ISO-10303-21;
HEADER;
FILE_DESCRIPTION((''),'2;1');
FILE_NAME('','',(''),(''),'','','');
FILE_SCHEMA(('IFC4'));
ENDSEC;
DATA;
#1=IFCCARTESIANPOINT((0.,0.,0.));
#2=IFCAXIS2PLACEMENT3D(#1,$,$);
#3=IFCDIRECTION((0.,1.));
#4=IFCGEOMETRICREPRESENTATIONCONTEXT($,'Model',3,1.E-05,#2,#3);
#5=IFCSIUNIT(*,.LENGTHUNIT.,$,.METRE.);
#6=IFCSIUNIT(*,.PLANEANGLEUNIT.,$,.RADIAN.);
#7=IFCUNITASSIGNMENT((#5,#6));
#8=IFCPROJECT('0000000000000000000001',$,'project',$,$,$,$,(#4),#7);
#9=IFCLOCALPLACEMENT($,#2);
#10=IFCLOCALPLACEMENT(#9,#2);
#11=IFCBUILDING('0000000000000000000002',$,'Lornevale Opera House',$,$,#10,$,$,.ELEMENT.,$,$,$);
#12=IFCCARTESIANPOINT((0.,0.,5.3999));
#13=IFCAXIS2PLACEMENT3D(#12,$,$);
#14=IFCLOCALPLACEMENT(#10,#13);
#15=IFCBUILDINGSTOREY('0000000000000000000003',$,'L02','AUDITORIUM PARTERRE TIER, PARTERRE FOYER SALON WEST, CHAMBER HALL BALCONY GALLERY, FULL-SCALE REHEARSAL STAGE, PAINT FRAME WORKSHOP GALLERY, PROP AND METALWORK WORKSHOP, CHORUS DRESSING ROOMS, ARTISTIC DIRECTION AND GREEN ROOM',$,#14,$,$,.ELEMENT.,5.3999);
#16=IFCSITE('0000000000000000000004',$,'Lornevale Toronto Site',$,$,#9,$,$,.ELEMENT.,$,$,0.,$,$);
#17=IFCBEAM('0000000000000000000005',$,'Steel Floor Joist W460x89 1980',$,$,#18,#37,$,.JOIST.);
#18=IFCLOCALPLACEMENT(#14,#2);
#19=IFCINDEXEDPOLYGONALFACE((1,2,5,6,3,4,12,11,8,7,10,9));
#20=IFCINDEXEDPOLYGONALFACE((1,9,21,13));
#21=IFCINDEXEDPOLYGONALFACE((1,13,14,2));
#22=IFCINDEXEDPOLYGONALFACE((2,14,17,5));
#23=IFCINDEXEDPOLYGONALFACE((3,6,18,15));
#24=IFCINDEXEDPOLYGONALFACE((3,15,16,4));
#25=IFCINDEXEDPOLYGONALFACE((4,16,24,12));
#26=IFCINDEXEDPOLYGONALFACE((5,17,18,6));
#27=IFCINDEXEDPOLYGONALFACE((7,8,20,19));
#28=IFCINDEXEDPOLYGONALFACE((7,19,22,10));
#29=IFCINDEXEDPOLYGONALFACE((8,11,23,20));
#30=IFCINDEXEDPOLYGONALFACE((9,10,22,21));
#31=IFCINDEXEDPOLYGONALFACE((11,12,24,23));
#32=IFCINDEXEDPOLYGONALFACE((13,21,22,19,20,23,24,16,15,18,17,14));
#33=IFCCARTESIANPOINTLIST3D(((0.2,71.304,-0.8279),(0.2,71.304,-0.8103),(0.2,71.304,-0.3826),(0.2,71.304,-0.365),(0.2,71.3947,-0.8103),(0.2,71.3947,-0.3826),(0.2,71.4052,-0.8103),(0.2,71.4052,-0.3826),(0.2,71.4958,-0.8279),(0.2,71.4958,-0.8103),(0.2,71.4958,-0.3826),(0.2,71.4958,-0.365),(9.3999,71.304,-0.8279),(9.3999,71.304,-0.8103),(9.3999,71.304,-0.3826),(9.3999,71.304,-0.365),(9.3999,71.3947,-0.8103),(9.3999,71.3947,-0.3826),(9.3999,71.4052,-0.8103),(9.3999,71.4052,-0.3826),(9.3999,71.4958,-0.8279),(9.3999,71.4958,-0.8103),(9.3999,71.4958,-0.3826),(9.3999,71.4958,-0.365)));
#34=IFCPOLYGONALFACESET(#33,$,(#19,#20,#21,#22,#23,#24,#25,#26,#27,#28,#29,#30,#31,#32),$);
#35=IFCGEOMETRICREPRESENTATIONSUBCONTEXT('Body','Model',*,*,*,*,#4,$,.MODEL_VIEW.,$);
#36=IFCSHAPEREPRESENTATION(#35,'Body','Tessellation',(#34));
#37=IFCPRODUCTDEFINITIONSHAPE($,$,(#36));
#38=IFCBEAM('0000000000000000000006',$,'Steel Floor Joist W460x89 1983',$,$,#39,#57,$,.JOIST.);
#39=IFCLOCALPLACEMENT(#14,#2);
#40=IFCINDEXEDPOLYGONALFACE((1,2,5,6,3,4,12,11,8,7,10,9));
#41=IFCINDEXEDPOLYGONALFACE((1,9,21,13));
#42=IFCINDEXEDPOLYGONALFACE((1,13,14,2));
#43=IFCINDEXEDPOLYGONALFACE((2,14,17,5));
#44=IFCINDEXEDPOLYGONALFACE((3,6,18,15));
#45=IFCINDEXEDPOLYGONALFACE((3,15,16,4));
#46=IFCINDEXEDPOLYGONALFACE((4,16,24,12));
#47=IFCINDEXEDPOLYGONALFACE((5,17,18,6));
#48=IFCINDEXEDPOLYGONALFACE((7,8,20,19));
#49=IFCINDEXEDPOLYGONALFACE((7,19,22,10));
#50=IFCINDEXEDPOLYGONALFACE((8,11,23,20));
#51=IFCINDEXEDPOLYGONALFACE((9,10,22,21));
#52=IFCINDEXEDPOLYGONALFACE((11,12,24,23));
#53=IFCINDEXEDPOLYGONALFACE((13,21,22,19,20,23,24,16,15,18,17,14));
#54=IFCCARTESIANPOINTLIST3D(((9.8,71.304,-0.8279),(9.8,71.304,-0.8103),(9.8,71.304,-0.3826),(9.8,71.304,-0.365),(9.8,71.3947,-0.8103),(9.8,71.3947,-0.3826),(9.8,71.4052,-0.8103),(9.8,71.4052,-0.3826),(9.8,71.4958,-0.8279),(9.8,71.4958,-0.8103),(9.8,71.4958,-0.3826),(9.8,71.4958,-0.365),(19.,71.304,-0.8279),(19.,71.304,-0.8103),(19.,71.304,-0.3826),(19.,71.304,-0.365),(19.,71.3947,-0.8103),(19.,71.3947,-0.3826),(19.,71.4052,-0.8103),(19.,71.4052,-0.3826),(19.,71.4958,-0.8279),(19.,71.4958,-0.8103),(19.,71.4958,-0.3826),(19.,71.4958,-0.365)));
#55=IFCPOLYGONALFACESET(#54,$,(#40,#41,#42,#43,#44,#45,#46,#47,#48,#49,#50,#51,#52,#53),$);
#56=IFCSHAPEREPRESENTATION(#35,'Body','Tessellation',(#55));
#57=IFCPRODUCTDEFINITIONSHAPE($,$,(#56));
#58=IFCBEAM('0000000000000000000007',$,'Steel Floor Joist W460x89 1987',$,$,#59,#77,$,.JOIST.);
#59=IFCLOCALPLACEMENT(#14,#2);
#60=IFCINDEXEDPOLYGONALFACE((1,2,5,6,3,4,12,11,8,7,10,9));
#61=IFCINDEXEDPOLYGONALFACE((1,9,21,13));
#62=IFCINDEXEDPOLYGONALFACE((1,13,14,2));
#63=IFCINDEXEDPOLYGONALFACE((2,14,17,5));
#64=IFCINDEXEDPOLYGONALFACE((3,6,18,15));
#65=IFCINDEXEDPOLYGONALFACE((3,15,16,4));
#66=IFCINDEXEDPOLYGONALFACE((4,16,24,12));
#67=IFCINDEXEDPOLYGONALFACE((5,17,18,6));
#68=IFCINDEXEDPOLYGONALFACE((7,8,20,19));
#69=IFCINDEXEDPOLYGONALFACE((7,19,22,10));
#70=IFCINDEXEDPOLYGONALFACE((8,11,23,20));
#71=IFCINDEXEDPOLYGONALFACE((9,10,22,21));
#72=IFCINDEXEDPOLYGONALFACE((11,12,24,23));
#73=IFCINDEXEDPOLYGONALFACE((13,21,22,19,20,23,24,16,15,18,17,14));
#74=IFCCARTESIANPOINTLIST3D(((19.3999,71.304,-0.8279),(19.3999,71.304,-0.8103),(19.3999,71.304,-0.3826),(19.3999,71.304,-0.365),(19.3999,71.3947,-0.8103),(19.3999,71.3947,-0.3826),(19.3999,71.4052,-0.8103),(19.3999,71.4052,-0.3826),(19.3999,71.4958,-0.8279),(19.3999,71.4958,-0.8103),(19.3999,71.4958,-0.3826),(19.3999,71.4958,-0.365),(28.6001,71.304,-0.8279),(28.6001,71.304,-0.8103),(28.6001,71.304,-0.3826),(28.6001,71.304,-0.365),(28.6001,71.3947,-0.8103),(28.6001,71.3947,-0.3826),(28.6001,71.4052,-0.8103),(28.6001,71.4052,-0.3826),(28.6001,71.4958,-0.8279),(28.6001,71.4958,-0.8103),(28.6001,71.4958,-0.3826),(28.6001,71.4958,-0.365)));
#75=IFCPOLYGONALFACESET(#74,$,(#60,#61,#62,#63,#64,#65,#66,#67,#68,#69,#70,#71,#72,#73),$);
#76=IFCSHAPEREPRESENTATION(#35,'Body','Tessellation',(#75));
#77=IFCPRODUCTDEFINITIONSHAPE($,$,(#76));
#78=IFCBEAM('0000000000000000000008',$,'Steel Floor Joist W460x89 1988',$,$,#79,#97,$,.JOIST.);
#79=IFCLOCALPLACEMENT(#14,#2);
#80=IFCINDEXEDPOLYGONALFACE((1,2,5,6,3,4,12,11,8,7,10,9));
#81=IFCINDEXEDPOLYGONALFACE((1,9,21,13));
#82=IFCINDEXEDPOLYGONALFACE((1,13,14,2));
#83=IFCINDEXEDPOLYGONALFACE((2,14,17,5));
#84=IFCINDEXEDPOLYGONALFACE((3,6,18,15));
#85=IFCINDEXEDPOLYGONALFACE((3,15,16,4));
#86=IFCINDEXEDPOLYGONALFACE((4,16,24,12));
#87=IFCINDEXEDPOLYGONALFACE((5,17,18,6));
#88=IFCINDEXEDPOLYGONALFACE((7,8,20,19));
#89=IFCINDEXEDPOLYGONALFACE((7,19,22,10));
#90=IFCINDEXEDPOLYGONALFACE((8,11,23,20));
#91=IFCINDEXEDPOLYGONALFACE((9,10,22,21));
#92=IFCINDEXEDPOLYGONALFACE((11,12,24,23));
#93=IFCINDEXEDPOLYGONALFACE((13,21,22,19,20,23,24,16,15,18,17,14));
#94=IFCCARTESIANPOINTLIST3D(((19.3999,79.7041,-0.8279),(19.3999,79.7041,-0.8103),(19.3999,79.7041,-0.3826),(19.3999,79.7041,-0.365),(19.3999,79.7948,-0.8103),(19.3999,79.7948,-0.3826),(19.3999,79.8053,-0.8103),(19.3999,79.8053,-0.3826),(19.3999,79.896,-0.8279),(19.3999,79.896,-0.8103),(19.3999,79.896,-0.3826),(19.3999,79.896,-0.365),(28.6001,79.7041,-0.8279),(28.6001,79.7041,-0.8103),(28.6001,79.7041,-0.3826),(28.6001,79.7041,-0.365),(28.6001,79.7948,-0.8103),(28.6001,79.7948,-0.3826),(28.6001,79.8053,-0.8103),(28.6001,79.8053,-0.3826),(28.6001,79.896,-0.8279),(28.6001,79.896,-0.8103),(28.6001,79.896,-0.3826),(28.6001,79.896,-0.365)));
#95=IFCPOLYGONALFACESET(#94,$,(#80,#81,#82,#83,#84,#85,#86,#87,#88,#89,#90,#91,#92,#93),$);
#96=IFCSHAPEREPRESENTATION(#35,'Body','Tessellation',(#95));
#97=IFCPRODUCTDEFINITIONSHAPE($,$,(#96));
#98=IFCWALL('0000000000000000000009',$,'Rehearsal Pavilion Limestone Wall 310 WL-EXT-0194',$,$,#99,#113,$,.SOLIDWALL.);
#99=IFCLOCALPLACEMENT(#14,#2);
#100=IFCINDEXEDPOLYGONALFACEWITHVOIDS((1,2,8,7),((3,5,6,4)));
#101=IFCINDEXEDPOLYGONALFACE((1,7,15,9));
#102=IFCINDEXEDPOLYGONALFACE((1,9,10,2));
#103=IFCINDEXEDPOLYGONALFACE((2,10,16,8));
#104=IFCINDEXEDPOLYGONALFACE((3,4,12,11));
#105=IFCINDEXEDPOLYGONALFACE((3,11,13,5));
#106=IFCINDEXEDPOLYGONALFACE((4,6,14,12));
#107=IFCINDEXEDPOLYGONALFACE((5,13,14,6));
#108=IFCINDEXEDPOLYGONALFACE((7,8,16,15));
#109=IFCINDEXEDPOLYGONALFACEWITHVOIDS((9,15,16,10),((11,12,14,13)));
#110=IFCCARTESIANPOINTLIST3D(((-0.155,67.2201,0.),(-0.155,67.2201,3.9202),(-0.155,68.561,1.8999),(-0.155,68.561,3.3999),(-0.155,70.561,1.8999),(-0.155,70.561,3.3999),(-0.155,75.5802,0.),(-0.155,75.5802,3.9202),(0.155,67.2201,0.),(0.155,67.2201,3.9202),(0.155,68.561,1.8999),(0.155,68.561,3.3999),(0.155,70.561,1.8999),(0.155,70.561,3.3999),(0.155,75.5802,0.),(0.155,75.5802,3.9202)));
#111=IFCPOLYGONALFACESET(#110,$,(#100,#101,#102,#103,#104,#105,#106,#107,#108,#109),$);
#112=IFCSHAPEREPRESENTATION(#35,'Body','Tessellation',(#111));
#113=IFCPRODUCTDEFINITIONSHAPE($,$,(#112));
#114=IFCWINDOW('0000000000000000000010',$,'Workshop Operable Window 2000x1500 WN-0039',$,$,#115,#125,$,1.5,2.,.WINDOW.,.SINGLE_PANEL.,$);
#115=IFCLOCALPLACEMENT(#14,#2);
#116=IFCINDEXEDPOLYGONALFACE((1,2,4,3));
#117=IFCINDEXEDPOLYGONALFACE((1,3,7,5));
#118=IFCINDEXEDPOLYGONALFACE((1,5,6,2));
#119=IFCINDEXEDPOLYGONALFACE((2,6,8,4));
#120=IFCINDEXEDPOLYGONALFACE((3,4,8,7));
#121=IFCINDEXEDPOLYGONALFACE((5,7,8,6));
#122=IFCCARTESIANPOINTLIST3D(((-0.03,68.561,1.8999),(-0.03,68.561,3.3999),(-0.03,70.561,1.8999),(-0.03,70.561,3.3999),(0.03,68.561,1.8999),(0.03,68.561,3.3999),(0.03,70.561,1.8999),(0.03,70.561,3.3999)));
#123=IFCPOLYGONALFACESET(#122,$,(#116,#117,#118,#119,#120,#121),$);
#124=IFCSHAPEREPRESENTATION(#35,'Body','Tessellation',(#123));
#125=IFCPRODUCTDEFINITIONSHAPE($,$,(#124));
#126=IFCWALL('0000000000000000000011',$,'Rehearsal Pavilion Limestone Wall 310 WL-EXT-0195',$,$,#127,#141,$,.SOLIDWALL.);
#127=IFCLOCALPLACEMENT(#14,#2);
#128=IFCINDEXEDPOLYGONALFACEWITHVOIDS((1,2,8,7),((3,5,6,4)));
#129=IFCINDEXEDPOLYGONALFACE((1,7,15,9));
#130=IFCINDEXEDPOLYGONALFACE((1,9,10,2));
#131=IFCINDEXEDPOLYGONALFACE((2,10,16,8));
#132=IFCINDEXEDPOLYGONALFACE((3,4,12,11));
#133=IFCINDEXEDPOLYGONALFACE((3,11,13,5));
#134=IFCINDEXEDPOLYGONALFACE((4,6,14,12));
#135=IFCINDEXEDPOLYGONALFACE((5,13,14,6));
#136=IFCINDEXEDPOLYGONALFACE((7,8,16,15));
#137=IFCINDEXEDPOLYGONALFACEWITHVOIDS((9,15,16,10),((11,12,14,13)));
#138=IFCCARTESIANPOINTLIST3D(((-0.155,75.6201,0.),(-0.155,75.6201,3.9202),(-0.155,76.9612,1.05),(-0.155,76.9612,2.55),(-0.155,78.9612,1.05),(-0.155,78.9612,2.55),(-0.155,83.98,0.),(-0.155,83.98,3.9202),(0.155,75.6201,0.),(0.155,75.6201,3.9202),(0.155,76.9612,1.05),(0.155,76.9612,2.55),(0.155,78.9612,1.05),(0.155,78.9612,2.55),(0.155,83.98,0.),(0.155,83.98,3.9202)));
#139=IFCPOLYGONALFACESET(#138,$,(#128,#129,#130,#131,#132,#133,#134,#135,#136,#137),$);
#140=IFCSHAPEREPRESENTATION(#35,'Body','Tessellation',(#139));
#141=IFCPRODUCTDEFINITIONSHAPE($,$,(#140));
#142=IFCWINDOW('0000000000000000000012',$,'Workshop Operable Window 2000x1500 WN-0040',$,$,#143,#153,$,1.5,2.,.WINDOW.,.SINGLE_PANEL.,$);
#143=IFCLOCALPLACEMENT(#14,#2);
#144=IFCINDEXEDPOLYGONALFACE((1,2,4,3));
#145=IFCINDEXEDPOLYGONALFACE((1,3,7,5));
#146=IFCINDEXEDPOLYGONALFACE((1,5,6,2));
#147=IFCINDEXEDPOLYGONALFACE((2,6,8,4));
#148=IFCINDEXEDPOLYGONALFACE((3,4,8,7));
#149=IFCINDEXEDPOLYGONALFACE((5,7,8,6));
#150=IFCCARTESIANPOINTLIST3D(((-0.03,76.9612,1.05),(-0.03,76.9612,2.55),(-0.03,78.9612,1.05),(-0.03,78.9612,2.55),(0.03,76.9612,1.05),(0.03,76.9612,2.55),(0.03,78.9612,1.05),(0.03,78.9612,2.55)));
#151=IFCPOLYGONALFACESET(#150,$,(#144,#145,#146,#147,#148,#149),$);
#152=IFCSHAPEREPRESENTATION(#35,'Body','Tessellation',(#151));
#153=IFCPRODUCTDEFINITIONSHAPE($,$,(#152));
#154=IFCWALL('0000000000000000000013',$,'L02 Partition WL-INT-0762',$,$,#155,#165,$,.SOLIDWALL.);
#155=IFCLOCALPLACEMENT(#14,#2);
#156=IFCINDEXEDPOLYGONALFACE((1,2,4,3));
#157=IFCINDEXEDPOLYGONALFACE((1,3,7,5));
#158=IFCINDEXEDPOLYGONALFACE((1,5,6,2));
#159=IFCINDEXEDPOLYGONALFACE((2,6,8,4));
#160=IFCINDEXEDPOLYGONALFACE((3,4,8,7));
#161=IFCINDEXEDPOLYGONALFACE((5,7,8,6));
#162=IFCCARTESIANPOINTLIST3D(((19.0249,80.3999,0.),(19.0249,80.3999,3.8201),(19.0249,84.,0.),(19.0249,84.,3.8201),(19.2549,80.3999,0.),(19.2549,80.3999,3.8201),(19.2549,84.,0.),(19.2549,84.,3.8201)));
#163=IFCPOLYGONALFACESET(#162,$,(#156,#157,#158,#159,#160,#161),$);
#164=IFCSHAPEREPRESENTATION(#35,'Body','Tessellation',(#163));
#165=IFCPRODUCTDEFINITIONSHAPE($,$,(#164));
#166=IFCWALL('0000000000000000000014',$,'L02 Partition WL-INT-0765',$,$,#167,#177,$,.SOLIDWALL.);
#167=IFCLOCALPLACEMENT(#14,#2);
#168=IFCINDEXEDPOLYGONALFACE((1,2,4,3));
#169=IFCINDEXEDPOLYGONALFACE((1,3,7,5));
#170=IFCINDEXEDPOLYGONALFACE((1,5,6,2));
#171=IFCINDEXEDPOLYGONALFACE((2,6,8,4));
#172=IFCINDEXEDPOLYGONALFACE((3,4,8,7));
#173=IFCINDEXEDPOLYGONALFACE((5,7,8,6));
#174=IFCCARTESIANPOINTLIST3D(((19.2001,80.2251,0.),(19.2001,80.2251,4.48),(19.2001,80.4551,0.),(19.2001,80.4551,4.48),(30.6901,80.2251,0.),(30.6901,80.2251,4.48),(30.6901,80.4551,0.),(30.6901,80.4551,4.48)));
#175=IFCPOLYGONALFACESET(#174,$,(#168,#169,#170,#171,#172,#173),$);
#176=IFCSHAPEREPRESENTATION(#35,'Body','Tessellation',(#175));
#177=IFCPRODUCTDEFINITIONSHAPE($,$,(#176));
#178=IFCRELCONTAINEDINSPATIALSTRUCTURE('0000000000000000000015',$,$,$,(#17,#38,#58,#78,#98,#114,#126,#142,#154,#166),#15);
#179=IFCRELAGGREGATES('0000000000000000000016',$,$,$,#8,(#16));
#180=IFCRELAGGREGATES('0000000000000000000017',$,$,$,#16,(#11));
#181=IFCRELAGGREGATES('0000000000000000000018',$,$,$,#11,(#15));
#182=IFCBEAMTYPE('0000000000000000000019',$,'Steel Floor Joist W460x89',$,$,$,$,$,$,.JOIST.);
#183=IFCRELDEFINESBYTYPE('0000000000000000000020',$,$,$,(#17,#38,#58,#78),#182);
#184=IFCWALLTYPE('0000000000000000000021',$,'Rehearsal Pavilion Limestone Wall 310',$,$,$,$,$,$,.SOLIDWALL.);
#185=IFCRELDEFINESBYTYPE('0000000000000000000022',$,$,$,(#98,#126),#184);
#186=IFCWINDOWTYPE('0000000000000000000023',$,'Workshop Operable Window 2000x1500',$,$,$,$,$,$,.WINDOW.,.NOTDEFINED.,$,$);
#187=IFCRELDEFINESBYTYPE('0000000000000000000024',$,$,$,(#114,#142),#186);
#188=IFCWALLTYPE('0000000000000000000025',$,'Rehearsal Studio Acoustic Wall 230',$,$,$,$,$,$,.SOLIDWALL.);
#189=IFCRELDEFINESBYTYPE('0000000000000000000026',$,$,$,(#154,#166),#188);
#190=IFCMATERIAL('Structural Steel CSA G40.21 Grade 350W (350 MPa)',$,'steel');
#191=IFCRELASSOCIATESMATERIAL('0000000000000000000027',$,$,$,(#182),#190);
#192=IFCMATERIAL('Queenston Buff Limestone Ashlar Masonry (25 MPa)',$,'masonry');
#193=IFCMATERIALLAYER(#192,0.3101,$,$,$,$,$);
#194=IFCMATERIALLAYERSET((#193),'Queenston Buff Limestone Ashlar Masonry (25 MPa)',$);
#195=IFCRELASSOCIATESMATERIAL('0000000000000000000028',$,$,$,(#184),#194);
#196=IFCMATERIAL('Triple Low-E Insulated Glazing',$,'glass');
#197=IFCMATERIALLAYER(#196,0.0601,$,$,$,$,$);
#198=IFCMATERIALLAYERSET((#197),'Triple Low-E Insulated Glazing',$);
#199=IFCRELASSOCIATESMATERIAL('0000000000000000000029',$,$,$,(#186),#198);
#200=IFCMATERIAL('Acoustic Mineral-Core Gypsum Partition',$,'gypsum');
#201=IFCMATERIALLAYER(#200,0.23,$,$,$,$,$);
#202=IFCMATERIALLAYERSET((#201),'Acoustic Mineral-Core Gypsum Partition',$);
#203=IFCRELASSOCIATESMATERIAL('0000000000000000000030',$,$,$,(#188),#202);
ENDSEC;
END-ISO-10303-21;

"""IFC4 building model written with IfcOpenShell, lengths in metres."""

from ifc_helpers import new_model, si_unit, direction, frame, frame_2d, origin, origin_2d, place, context, subcontext, project, spatial, rectangle, i_section, extrude, material, layer, layer_set, material_profile, profile_set, type_object, element, fill, save


model = new_model("IFC4")

# Units and contexts
model_context = context("Model", 3, precision=1e-05, world=origin(), true_north=direction((0.0, 1.0)))
body_context = subcontext(model_context, "Body", "Model", "MODEL_VIEW")
ifc_project = project(units=[si_unit("LENGTHUNIT", "METRE"), si_unit("PLANEANGLEUNIT", "RADIAN")], contexts=[model_context])

# Site, building, storey
site_placement = place(None, origin())
site = spatial("IfcSite", under=ifc_project, at=site_placement, Name="Lornevale Toronto Site", CompositionType="ELEMENT", RefElevation=0.0)
building_placement = place(site_placement, origin())
building = spatial("IfcBuilding", under=site, at=building_placement, Name="Lornevale Opera House", CompositionType="ELEMENT")
storey_placement = place(building_placement, frame((0.0, 0.0, 5.3999)))
storey = spatial("IfcBuildingStorey", under=building, at=storey_placement, Name="L02", Description="AUDITORIUM PARTERRE TIER, PARTERRE FOYER SALON WEST, CHAMBER HALL BALCONY GALLERY, FULL-SCALE REHEARSAL STAGE, PAINT FRAME WORKSHOP GALLERY, PROP AND METALWORK WORKSHOP, CHORUS DRESSING ROOMS, ARTISTIC DIRECTION AND GREEN ROOM", CompositionType="ELEMENT", Elevation=5.3999)

# Shared definitions
ifc_material_1 = material(Name="Structural Steel CSA G40.21 Grade 350W (350 MPa)", Category="steel")

# Beams
ifc_material_profile_1 = material_profile(ifc_material_1, i_section(OverallWidth=0.1919, OverallDepth=0.4629, WebThickness=0.0105, FlangeThickness=0.0176, at=origin_2d()), Name="W460x89")
ifc_profile_set_1 = profile_set([ifc_material_profile_1], Name="Structural Steel CSA G40.21 Grade 350W (350 MPa)")
beam_type_1 = type_object("IfcBeamType", Name="Steel Floor Joist W460x89", PredefinedType="JOIST", material=ifc_profile_set_1)
for number, where, z_axis, x_axis, name in (
    (1, (0.2, 71.3999, -0.5964), (1.0, 0.0, 0.0), (0.0, 1.0, 0.0), "Steel Floor Joist W460x89 1980"),
    (2, (9.8, 71.3999, -0.5964), (1.0, 0.0, 0.0), (0.0, 1.0, 0.0), "Steel Floor Joist W460x89 1983"),
):
    element("IfcBeam", number, at=place(storey_placement, frame(where, z_axis=z_axis, x_axis=x_axis)), inside=storey, type_object=beam_type_1, Name=name, PredefinedType="JOIST", context=body_context, shape_type="SweptSolid", body=[
        extrude(i_section(OverallWidth=0.1919, OverallDepth=0.4629, WebThickness=0.0105, FlangeThickness=0.0176, at=origin_2d()), origin(), (0.0, 0.0, 1.0), 9.2),
    ])
for number, where, z_axis, x_axis, name in (
    (3, (19.3999, 71.3999, -0.5964), (1.0, 0.0, 0.0), (0.0, 1.0, 0.0), "Steel Floor Joist W460x89 1987"),
    (4, (19.3999, 79.8, -0.5964), (1.0, 0.0, 0.0), (0.0, 1.0, 0.0), "Steel Floor Joist W460x89 1988"),
):
    element("IfcBeam", number, at=place(storey_placement, frame(where, z_axis=z_axis, x_axis=x_axis)), inside=storey, type_object=beam_type_1, Name=name, PredefinedType="JOIST", context=body_context, shape_type="SweptSolid", body=[
        extrude(i_section(OverallWidth=0.1919, OverallDepth=0.4629, WebThickness=0.0105, FlangeThickness=0.0176, at=origin_2d()), origin(), (0.0, 0.0, 1.0), 9.2002),
    ])

# Walls, openings, windows
ifc_material_2 = material(Name="Queenston Buff Limestone Ashlar Masonry (25 MPa)", Category="masonry")
ifc_layer_1 = layer(ifc_material_2, 0.3101)
ifc_layer_set_1 = layer_set([ifc_layer_1], Name="Queenston Buff Limestone Ashlar Masonry (25 MPa)")
wall_type_1 = type_object("IfcWallType", Name="Rehearsal Pavilion Limestone Wall 310", PredefinedType="SOLIDWALL", material=ifc_layer_set_1)
wall_1_placement = place(storey_placement, frame((0.0, 67.22, 0.0), z_axis=(0.0, 0.0, 1.0), x_axis=(0.0, 1.0, 0.0)))
wall_1 = element("IfcWall", 5, at=wall_1_placement, inside=storey, type_object=wall_type_1, Name="Rehearsal Pavilion Limestone Wall 310 WL-EXT-0194", PredefinedType="SOLIDWALL", context=body_context, shape_type="SweptSolid", body=[
    extrude(rectangle(XDim=8.3601, YDim=0.3101, at=frame_2d((4.1802, 0.0))), origin(), (0.0, 0.0, 1.0), 3.9202),
])
opening_1_placement = place(wall_1_placement, frame((1.3411, 0.0, 1.8999)))
opening_1 = element("IfcOpeningElement", 6, at=opening_1_placement, cuts=wall_1, PredefinedType="OPENING", context=body_context, shape_type="SweptSolid", body=[
    extrude(rectangle(XDim=2.0, YDim=1.5, at=frame_2d((1.0, 0.75))), frame((0.0, 0.165, 0.0), z_axis=(0.0, -1.0, 0.0), x_axis=(1.0, 0.0, 0.0)), (0.0, 0.0, 1.0), 0.3301),
])
ifc_material_3 = material(Name="Triple Low-E Insulated Glazing", Category="glass")
ifc_layer_2 = layer(ifc_material_3, 0.0601)
ifc_layer_set_2 = layer_set([ifc_layer_2], Name="Triple Low-E Insulated Glazing")
window_type = type_object("IfcWindowType", Name="Workshop Operable Window 2000x1500", PartitioningType="NOTDEFINED", PredefinedType="WINDOW", material=ifc_layer_set_2)
window_1_placement = place(opening_1_placement, origin())
window_1 = element("IfcWindow", 7, at=window_1_placement, inside=storey, type_object=window_type, Name="Workshop Operable Window 2000x1500 WN-0039", OverallHeight=1.5, OverallWidth=2.0, PartitioningType="SINGLE_PANEL", PredefinedType="WINDOW", context=body_context, shape_type="SweptSolid", body=[
    extrude(rectangle(XDim=2.0, YDim=1.5, at=frame_2d((1.0, 0.75))), frame((0.0, 0.03, 0.0), z_axis=(0.0, -1.0, 0.0), x_axis=(1.0, 0.0, 0.0)), (0.0, 0.0, 1.0), 0.0601),
])
fill(opening_1, window_1)
wall_2_placement = place(storey_placement, frame((0.0, 75.6201, 0.0), z_axis=(0.0, 0.0, 1.0), x_axis=(0.0, 1.0, 0.0)))
wall_2 = element("IfcWall", 8, at=wall_2_placement, inside=storey, type_object=wall_type_1, Name="Rehearsal Pavilion Limestone Wall 310 WL-EXT-0195", PredefinedType="SOLIDWALL", context=body_context, shape_type="SweptSolid", body=[
    extrude(rectangle(XDim=8.3599, YDim=0.3101, at=frame_2d((4.1799, 0.0))), origin(), (0.0, 0.0, 1.0), 3.9202),
])
opening_2_placement = place(wall_2_placement, frame((1.3411, 0.0, 1.05)))
opening_2 = element("IfcOpeningElement", 9, at=opening_2_placement, cuts=wall_2, PredefinedType="OPENING", context=body_context, shape_type="SweptSolid", body=[
    extrude(rectangle(XDim=2.0, YDim=1.5, at=frame_2d((1.0, 0.75))), frame((0.0, 0.165, 0.0), z_axis=(0.0, -1.0, 0.0), x_axis=(1.0, 0.0, 0.0)), (0.0, 0.0, 1.0), 0.3301),
])
window_2_placement = place(opening_2_placement, origin())
window_2 = element("IfcWindow", 10, at=window_2_placement, inside=storey, type_object=window_type, Name="Workshop Operable Window 2000x1500 WN-0040", OverallHeight=1.5, OverallWidth=2.0, PartitioningType="SINGLE_PANEL", PredefinedType="WINDOW", context=body_context, shape_type="SweptSolid", body=[
    extrude(rectangle(XDim=2.0, YDim=1.5, at=frame_2d((1.0, 0.75))), frame((0.0, 0.03, 0.0), z_axis=(0.0, -1.0, 0.0), x_axis=(1.0, 0.0, 0.0)), (0.0, 0.0, 1.0), 0.0601),
])
fill(opening_2, window_2)

# Walls
ifc_material_4 = material(Name="Acoustic Mineral-Core Gypsum Partition", Category="gypsum")
ifc_layer_3 = layer(ifc_material_4, 0.23)
ifc_layer_set_3 = layer_set([ifc_layer_3], Name="Acoustic Mineral-Core Gypsum Partition")
wall_type_2 = type_object("IfcWallType", Name="Rehearsal Studio Acoustic Wall 230", PredefinedType="SOLIDWALL", material=ifc_layer_set_3)
wall_3_placement = place(storey_placement, frame((19.1399, 80.3999, 0.0), z_axis=(0.0, 0.0, 1.0), x_axis=(0.0, 1.0, 0.0)))
element("IfcWall", 11, at=wall_3_placement, inside=storey, type_object=wall_type_2, Name="L02 Partition WL-INT-0762", PredefinedType="SOLIDWALL", context=body_context, shape_type="SweptSolid", body=[
    extrude(rectangle(XDim=3.6001, YDim=0.23, at=frame_2d((1.8, 0.0))), origin(), (0.0, 0.0, 1.0), 3.8201),
])
wall_4_placement = place(storey_placement, frame((19.2, 80.3401, 0.0), z_axis=(0.0, 0.0, 1.0), x_axis=(1.0, 0.0, 0.0)))
element("IfcWall", 12, at=wall_4_placement, inside=storey, type_object=wall_type_2, Name="L02 Partition WL-INT-0765", PredefinedType="SOLIDWALL", context=body_context, shape_type="SweptSolid", body=[
    extrude(rectangle(XDim=11.49, YDim=0.23, at=frame_2d((5.7451, 0.0))), origin(), (0.0, 0.0, 1.0), 4.48),
])

save(model, "model.ifc")
